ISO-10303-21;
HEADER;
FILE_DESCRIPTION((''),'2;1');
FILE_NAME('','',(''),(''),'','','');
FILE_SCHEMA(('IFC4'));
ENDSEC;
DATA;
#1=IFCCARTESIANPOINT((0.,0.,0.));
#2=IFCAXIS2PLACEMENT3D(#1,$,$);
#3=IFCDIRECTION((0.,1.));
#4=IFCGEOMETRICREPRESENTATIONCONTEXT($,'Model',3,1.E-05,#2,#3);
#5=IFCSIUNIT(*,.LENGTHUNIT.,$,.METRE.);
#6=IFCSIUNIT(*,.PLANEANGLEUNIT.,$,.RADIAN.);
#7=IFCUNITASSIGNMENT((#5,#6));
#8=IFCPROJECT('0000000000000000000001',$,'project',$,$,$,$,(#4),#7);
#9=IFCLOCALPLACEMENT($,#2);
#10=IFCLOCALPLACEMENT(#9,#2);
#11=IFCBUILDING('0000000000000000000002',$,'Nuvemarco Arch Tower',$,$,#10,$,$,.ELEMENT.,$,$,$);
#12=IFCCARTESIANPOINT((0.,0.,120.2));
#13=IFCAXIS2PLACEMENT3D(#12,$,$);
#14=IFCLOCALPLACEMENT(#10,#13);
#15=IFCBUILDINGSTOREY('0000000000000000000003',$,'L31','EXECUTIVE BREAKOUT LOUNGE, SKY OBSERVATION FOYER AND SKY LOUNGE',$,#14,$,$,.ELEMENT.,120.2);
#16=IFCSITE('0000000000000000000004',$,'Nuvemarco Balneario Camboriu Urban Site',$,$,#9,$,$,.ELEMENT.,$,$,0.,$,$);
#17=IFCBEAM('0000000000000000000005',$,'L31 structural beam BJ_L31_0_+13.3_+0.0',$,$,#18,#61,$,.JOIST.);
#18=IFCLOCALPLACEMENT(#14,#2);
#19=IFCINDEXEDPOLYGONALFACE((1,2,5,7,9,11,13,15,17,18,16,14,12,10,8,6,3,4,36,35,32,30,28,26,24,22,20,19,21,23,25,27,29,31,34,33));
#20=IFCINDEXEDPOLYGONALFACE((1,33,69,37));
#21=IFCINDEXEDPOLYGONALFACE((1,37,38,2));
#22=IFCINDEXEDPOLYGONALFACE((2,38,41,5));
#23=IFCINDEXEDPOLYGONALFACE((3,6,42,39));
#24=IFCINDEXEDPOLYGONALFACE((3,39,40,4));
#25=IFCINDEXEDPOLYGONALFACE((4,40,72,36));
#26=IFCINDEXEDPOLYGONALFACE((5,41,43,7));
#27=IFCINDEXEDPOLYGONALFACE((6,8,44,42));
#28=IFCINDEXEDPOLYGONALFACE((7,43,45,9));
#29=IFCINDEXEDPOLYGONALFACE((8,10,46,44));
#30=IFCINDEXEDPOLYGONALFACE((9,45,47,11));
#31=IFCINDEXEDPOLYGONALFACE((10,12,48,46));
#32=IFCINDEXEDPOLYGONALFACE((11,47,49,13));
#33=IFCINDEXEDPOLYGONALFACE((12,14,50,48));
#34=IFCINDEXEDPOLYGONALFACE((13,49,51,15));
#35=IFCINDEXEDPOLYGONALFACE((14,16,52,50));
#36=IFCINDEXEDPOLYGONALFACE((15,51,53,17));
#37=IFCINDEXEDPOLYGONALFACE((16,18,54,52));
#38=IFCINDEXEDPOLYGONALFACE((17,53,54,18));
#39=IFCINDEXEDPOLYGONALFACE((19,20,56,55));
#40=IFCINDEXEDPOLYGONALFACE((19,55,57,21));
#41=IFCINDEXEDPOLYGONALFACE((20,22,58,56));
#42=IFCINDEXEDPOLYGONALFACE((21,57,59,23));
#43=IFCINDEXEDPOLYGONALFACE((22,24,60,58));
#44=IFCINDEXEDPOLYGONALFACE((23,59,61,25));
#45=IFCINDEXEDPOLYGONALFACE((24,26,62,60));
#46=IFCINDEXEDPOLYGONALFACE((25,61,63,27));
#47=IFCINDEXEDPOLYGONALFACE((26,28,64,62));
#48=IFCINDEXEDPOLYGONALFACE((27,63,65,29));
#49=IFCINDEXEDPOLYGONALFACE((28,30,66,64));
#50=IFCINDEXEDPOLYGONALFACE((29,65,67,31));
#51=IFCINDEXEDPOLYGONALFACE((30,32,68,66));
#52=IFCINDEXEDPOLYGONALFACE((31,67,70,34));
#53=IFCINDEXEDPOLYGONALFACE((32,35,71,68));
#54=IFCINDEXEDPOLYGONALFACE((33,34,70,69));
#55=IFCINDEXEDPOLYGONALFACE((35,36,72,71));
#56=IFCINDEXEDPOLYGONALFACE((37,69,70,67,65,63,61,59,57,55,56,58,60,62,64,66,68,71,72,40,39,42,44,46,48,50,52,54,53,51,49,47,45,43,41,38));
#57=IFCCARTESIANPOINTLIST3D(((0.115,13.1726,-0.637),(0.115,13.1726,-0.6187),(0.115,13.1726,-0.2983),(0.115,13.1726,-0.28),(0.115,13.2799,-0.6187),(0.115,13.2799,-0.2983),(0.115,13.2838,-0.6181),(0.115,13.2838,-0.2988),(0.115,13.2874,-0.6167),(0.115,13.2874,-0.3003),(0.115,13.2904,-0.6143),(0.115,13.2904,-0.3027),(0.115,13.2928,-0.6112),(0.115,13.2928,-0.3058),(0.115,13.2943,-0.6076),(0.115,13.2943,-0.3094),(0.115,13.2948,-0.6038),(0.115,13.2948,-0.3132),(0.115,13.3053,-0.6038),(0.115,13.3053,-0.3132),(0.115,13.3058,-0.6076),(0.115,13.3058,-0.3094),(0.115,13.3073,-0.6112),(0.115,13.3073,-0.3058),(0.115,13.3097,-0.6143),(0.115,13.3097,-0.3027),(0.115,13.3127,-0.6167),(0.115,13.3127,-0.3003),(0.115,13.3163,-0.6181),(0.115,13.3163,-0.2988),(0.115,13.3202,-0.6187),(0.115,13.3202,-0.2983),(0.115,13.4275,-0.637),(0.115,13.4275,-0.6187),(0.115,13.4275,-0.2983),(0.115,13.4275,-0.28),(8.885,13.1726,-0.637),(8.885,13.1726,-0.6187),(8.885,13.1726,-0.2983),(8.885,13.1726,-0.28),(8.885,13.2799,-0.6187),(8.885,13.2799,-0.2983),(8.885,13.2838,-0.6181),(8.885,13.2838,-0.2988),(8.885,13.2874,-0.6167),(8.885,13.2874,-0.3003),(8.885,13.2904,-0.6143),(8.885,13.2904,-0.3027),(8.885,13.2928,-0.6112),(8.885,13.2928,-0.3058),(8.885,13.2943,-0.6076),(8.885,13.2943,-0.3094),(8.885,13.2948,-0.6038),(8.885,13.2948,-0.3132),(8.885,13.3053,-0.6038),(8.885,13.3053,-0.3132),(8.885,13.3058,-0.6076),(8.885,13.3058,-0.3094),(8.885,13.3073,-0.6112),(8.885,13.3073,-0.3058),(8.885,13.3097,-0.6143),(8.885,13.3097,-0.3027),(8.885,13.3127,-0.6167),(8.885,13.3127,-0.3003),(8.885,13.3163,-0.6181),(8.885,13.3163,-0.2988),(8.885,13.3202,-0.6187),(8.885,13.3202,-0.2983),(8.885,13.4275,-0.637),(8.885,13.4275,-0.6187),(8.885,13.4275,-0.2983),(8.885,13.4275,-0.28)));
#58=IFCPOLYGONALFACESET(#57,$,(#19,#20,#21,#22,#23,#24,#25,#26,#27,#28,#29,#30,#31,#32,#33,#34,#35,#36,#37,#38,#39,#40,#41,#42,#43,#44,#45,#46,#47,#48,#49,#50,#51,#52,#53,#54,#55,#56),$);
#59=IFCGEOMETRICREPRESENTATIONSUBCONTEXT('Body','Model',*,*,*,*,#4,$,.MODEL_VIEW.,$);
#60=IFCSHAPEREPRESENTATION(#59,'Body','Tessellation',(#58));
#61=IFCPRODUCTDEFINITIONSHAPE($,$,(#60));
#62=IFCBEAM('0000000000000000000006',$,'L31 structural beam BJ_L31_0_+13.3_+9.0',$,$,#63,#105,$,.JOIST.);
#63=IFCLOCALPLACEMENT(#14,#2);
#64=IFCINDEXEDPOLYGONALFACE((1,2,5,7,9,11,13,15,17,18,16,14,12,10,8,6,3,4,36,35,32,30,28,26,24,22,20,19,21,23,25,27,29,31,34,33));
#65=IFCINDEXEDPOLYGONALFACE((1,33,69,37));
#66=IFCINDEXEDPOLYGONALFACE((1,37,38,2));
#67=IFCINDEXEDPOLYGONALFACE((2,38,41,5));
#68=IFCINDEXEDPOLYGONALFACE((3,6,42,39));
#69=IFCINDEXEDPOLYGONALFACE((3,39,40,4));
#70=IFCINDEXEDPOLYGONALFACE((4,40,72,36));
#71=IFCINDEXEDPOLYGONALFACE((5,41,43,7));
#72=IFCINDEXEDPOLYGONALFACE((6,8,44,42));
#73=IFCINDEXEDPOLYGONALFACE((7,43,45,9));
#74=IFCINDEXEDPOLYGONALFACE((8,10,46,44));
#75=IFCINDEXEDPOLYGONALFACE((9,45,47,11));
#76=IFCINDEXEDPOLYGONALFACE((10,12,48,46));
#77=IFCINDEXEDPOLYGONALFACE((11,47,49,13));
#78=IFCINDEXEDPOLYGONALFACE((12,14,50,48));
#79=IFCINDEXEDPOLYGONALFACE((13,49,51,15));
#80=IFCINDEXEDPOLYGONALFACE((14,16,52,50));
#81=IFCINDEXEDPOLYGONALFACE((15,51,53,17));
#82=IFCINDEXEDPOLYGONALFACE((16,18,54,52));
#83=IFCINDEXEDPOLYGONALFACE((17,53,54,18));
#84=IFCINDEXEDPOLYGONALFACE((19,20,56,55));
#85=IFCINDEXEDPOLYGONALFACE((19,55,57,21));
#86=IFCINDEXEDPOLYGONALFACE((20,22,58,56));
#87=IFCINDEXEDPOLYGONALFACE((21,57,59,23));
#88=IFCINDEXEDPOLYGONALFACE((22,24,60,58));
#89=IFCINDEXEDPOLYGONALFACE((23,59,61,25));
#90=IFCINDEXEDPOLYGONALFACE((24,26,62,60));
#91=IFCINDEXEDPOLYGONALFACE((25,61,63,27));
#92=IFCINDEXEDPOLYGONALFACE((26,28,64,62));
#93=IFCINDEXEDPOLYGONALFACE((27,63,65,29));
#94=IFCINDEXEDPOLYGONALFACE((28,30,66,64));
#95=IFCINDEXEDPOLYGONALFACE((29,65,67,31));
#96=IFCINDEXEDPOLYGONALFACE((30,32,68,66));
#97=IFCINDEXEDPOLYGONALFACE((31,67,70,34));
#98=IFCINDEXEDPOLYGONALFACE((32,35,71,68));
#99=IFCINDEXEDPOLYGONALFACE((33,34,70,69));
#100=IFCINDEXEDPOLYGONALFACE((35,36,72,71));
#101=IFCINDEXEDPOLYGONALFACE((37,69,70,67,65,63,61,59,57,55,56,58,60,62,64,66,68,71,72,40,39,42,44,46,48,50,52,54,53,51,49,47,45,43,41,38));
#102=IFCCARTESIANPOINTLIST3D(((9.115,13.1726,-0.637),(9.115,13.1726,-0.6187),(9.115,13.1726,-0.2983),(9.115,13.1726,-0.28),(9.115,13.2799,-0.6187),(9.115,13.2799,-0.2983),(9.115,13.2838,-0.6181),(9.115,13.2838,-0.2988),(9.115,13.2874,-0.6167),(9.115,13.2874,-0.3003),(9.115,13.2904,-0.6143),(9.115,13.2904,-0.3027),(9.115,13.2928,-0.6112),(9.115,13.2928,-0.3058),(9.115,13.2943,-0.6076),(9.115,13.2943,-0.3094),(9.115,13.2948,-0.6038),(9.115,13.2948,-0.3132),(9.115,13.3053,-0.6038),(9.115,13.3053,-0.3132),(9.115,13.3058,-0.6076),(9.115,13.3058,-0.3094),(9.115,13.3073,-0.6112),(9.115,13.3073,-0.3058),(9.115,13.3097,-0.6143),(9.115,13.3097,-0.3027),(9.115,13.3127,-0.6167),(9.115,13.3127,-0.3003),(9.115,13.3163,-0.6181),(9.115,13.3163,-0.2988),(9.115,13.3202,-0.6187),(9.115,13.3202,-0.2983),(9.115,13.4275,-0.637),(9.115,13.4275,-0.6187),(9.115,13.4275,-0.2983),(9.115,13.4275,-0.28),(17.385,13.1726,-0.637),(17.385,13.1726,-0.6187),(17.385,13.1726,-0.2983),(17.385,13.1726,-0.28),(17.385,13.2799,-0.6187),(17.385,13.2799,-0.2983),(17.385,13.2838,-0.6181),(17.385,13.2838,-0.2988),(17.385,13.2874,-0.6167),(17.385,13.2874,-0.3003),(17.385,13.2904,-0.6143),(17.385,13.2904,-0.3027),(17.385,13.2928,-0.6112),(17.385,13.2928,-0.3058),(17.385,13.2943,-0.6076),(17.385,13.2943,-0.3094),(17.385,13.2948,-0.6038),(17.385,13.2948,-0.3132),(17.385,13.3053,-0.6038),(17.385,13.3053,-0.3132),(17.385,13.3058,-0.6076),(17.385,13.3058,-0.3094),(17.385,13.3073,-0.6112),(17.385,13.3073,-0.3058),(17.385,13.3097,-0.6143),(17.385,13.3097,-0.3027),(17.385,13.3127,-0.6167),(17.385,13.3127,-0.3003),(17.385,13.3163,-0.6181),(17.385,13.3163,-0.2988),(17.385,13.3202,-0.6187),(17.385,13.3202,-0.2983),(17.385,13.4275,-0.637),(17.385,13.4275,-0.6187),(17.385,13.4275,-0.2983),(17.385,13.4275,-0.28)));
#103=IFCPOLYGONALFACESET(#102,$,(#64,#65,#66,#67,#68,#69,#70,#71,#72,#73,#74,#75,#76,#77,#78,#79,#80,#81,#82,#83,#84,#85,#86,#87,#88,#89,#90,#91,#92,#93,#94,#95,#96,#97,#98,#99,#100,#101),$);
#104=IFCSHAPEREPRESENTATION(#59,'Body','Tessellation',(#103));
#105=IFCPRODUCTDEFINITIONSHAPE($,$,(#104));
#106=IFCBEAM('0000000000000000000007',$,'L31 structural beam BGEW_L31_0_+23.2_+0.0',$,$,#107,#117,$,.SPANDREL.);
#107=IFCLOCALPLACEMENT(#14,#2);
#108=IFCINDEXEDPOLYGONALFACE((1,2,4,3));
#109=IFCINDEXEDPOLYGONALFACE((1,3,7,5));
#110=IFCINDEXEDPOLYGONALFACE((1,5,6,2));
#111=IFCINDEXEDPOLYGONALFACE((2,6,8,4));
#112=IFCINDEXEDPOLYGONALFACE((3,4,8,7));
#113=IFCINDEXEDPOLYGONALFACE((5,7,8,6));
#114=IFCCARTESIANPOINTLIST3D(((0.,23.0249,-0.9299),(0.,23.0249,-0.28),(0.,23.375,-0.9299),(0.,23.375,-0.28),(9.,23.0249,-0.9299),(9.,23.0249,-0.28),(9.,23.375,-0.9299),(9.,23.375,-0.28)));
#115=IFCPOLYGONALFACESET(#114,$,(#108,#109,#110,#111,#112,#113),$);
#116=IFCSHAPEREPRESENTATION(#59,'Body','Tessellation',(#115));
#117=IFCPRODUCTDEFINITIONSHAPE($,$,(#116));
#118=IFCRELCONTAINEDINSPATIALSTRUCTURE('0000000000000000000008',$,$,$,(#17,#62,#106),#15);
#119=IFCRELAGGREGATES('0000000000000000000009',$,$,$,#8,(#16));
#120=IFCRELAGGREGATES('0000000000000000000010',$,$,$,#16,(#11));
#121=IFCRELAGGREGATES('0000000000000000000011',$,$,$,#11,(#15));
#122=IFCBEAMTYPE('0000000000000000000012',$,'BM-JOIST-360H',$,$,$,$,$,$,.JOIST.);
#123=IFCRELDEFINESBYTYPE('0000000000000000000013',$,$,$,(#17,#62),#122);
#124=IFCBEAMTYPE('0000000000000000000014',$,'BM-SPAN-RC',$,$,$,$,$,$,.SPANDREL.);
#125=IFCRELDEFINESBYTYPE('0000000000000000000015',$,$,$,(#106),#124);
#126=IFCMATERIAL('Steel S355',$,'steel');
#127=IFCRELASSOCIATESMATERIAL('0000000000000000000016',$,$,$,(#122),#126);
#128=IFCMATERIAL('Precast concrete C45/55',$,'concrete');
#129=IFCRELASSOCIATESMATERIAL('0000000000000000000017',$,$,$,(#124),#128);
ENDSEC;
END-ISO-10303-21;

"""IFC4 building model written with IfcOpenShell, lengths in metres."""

from ifc_helpers import new_model, si_unit, direction, frame, origin, origin_2d, place, context, subcontext, project, spatial, rectangle, i_section, extrude, material, material_profile, profile_set, type_object, element, save


model = new_model("IFC4")

# Units and contexts
model_context = context("Model", 3, precision=1e-05, world=origin(), true_north=direction((0.0, 1.0)))
body_context = subcontext(model_context, "Body", "Model", "MODEL_VIEW")
ifc_project = project(units=[si_unit("LENGTHUNIT", "METRE"), si_unit("PLANEANGLEUNIT", "RADIAN")], contexts=[model_context])

# Site, building, storey
site_placement = place(None, origin())
site = spatial("IfcSite", under=ifc_project, at=site_placement, Name="Nuvemarco Balneario Camboriu Urban Site", CompositionType="ELEMENT", RefElevation=0.0)
building_placement = place(site_placement, origin())
building = spatial("IfcBuilding", under=site, at=building_placement, Name="Nuvemarco Arch Tower", CompositionType="ELEMENT")
storey_placement = place(building_placement, frame((0.0, 0.0, 120.2)))
storey = spatial("IfcBuildingStorey", under=building, at=storey_placement, Name="L31", Description="EXECUTIVE BREAKOUT LOUNGE, SKY OBSERVATION FOYER AND SKY LOUNGE", CompositionType="ELEMENT", Elevation=120.2)

# Shared definitions
ifc_material_1 = material(Name="Steel S355", Category="steel")

# Beams
ifc_material_profile_1 = material_profile(ifc_material_1, i_section(OverallWidth=0.2549, OverallDepth=0.3569, WebThickness=0.0105, FlangeThickness=0.0183, FilletRadius=0.0149, at=origin_2d()), Name="W360x101")
ifc_profile_set_1 = profile_set([ifc_material_profile_1], Name="Steel S355")
beam_type_1 = type_object("IfcBeamType", Name="BM-JOIST-360H", PredefinedType="JOIST", material=ifc_profile_set_1)
beam_1_placement = place(storey_placement, frame((0.115, 13.3, -0.4585), z_axis=(1.0, 0.0, 0.0), x_axis=(0.0, 1.0, 0.0)))
element("IfcBeam", 1, at=beam_1_placement, inside=storey, type_object=beam_type_1, Name="L31 structural beam BJ_L31_0_+13.3_+0.0", PredefinedType="JOIST", context=body_context, shape_type="SweptSolid", body=[
    extrude(i_section(OverallWidth=0.2549, OverallDepth=0.3569, WebThickness=0.0105, FlangeThickness=0.0183, FilletRadius=0.0149, at=origin_2d()), origin(), (0.0, 0.0, 1.0), 8.77),
])
beam_2_placement = place(storey_placement, frame((9.115, 13.3, -0.4585), z_axis=(1.0, 0.0, 0.0), x_axis=(0.0, 1.0, 0.0)))
element("IfcBeam", 2, at=beam_2_placement, inside=storey, type_object=beam_type_1, Name="L31 structural beam BJ_L31_0_+13.3_+9.0", PredefinedType="JOIST", context=body_context, shape_type="SweptSolid", body=[
    extrude(i_section(OverallWidth=0.2549, OverallDepth=0.3569, WebThickness=0.0105, FlangeThickness=0.0183, FilletRadius=0.0149, at=origin_2d()), origin(), (0.0, 0.0, 1.0), 8.27),
])
ifc_material_2 = material(Name="Precast concrete C45/55", Category="concrete")
ifc_material_profile_2 = material_profile(ifc_material_2, rectangle(XDim=0.3501, YDim=0.6499, at=origin_2d()), Name="PC-SP-350x650")
ifc_profile_set_2 = profile_set([ifc_material_profile_2], Name="Precast concrete C45/55")
beam_type_2 = type_object("IfcBeamType", Name="BM-SPAN-RC", PredefinedType="SPANDREL", material=ifc_profile_set_2)
beam_3_placement = place(storey_placement, frame((0.0, 23.2, -0.605), z_axis=(1.0, 0.0, 0.0), x_axis=(0.0, 1.0, 0.0)))
element("IfcBeam", 3, at=beam_3_placement, inside=storey, type_object=beam_type_2, Name="L31 structural beam BGEW_L31_0_+23.2_+0.0", PredefinedType="SPANDREL", context=body_context, shape_type="SweptSolid", body=[
    extrude(rectangle(XDim=0.3501, YDim=0.6499, at=origin_2d()), origin(), (0.0, 0.0, 1.0), 9.0),
])

save(model, "model.ifc")
